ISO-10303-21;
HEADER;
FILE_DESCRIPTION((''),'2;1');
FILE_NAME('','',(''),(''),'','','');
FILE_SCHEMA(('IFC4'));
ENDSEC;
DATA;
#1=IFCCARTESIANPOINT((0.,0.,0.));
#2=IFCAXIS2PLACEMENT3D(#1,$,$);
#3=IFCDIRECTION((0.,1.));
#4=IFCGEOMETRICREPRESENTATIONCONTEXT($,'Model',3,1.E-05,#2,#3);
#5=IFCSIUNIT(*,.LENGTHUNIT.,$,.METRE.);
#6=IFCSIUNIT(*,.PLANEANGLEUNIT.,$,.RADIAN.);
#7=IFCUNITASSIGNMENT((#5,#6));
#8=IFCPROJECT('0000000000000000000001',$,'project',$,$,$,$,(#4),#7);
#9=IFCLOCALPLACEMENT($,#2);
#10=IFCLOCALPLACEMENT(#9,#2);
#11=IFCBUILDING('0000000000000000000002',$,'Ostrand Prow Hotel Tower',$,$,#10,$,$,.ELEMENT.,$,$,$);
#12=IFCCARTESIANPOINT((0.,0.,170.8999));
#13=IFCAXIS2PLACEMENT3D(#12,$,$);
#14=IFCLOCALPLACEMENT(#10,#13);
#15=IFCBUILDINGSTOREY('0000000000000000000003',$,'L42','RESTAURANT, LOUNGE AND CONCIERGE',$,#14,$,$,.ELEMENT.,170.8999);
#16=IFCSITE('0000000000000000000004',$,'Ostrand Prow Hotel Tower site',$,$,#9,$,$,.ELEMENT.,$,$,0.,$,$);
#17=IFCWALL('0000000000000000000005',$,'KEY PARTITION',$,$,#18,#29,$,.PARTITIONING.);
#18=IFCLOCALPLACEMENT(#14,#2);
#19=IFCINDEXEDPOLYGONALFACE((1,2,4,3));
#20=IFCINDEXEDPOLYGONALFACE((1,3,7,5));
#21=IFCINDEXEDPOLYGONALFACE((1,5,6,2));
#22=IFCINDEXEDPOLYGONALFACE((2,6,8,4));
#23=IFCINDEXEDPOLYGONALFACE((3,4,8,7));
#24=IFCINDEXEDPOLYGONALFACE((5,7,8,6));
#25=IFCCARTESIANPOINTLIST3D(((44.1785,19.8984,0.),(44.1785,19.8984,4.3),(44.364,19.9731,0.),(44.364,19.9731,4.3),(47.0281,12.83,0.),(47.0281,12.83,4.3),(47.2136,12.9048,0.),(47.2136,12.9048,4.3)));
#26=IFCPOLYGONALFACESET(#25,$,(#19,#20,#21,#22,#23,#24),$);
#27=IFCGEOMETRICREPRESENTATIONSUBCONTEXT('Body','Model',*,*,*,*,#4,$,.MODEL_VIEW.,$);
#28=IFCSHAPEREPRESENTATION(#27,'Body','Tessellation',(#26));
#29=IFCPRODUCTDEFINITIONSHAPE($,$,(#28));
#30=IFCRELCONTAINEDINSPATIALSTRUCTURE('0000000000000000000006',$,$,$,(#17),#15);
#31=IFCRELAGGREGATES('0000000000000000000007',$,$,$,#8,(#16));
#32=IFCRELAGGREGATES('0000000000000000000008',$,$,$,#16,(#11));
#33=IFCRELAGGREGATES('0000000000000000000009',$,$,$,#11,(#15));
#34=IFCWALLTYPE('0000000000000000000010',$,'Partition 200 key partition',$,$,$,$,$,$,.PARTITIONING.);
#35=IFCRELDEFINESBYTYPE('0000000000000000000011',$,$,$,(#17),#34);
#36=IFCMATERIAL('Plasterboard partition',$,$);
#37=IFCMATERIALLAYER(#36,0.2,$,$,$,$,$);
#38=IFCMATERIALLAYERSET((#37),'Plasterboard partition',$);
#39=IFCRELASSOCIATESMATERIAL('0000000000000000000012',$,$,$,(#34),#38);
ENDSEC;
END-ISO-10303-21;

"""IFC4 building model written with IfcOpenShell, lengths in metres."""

from ifc_helpers import new_model, si_unit, direction, frame, frame_2d, origin, place, context, subcontext, project, spatial, rectangle, extrude, material, layer, layer_set, type_object, element, save


model = new_model("IFC4")

# Units and contexts
model_context = context("Model", 3, precision=1e-05, world=origin(), true_north=direction((0.0, 1.0)))
body_context = subcontext(model_context, "Body", "Model", "MODEL_VIEW")
ifc_project = project(units=[si_unit("LENGTHUNIT", "METRE"), si_unit("PLANEANGLEUNIT", "RADIAN")], contexts=[model_context])

# Site, building, storey
site_placement = place(None, origin())
site = spatial("IfcSite", under=ifc_project, at=site_placement, Name="Ostrand Prow Hotel Tower site", CompositionType="ELEMENT", RefElevation=0.0)
building_placement = place(site_placement, origin())
building = spatial("IfcBuilding", under=site, at=building_placement, Name="Ostrand Prow Hotel Tower", CompositionType="ELEMENT")
storey_placement = place(building_placement, frame((0.0, 0.0, 170.8999)))
storey = spatial("IfcBuildingStorey", under=building, at=storey_placement, Name="L42", Description="RESTAURANT, LOUNGE AND CONCIERGE", CompositionType="ELEMENT", Elevation=170.8999)

# Wall
ifc_material_1 = material(Name="Plasterboard partition")
ifc_layer_1 = layer(ifc_material_1, 0.2)
ifc_layer_set_1 = layer_set([ifc_layer_1], Name="Plasterboard partition")
wall_type_1 = type_object("IfcWallType", Name="Partition 200 key partition", PredefinedType="PARTITIONING", material=ifc_layer_set_1)
wall_1_placement = place(storey_placement, frame((47.1208, 12.8674, 0.0), z_axis=(0.0, 0.0, 1.0), x_axis=(-0.373908, 0.927466, 0.0)))
element("IfcWall", 1, at=wall_1_placement, inside=storey, type_object=wall_type_1, Name="KEY PARTITION", PredefinedType="PARTITIONING", context=body_context, shape_type="SweptSolid", body=[
    extrude(rectangle(XDim=7.6211, YDim=0.2, at=frame_2d((3.8105, 0.0))), origin(), (0.0, 0.0, 1.0), 4.3),
])

save(model, "model.ifc")
